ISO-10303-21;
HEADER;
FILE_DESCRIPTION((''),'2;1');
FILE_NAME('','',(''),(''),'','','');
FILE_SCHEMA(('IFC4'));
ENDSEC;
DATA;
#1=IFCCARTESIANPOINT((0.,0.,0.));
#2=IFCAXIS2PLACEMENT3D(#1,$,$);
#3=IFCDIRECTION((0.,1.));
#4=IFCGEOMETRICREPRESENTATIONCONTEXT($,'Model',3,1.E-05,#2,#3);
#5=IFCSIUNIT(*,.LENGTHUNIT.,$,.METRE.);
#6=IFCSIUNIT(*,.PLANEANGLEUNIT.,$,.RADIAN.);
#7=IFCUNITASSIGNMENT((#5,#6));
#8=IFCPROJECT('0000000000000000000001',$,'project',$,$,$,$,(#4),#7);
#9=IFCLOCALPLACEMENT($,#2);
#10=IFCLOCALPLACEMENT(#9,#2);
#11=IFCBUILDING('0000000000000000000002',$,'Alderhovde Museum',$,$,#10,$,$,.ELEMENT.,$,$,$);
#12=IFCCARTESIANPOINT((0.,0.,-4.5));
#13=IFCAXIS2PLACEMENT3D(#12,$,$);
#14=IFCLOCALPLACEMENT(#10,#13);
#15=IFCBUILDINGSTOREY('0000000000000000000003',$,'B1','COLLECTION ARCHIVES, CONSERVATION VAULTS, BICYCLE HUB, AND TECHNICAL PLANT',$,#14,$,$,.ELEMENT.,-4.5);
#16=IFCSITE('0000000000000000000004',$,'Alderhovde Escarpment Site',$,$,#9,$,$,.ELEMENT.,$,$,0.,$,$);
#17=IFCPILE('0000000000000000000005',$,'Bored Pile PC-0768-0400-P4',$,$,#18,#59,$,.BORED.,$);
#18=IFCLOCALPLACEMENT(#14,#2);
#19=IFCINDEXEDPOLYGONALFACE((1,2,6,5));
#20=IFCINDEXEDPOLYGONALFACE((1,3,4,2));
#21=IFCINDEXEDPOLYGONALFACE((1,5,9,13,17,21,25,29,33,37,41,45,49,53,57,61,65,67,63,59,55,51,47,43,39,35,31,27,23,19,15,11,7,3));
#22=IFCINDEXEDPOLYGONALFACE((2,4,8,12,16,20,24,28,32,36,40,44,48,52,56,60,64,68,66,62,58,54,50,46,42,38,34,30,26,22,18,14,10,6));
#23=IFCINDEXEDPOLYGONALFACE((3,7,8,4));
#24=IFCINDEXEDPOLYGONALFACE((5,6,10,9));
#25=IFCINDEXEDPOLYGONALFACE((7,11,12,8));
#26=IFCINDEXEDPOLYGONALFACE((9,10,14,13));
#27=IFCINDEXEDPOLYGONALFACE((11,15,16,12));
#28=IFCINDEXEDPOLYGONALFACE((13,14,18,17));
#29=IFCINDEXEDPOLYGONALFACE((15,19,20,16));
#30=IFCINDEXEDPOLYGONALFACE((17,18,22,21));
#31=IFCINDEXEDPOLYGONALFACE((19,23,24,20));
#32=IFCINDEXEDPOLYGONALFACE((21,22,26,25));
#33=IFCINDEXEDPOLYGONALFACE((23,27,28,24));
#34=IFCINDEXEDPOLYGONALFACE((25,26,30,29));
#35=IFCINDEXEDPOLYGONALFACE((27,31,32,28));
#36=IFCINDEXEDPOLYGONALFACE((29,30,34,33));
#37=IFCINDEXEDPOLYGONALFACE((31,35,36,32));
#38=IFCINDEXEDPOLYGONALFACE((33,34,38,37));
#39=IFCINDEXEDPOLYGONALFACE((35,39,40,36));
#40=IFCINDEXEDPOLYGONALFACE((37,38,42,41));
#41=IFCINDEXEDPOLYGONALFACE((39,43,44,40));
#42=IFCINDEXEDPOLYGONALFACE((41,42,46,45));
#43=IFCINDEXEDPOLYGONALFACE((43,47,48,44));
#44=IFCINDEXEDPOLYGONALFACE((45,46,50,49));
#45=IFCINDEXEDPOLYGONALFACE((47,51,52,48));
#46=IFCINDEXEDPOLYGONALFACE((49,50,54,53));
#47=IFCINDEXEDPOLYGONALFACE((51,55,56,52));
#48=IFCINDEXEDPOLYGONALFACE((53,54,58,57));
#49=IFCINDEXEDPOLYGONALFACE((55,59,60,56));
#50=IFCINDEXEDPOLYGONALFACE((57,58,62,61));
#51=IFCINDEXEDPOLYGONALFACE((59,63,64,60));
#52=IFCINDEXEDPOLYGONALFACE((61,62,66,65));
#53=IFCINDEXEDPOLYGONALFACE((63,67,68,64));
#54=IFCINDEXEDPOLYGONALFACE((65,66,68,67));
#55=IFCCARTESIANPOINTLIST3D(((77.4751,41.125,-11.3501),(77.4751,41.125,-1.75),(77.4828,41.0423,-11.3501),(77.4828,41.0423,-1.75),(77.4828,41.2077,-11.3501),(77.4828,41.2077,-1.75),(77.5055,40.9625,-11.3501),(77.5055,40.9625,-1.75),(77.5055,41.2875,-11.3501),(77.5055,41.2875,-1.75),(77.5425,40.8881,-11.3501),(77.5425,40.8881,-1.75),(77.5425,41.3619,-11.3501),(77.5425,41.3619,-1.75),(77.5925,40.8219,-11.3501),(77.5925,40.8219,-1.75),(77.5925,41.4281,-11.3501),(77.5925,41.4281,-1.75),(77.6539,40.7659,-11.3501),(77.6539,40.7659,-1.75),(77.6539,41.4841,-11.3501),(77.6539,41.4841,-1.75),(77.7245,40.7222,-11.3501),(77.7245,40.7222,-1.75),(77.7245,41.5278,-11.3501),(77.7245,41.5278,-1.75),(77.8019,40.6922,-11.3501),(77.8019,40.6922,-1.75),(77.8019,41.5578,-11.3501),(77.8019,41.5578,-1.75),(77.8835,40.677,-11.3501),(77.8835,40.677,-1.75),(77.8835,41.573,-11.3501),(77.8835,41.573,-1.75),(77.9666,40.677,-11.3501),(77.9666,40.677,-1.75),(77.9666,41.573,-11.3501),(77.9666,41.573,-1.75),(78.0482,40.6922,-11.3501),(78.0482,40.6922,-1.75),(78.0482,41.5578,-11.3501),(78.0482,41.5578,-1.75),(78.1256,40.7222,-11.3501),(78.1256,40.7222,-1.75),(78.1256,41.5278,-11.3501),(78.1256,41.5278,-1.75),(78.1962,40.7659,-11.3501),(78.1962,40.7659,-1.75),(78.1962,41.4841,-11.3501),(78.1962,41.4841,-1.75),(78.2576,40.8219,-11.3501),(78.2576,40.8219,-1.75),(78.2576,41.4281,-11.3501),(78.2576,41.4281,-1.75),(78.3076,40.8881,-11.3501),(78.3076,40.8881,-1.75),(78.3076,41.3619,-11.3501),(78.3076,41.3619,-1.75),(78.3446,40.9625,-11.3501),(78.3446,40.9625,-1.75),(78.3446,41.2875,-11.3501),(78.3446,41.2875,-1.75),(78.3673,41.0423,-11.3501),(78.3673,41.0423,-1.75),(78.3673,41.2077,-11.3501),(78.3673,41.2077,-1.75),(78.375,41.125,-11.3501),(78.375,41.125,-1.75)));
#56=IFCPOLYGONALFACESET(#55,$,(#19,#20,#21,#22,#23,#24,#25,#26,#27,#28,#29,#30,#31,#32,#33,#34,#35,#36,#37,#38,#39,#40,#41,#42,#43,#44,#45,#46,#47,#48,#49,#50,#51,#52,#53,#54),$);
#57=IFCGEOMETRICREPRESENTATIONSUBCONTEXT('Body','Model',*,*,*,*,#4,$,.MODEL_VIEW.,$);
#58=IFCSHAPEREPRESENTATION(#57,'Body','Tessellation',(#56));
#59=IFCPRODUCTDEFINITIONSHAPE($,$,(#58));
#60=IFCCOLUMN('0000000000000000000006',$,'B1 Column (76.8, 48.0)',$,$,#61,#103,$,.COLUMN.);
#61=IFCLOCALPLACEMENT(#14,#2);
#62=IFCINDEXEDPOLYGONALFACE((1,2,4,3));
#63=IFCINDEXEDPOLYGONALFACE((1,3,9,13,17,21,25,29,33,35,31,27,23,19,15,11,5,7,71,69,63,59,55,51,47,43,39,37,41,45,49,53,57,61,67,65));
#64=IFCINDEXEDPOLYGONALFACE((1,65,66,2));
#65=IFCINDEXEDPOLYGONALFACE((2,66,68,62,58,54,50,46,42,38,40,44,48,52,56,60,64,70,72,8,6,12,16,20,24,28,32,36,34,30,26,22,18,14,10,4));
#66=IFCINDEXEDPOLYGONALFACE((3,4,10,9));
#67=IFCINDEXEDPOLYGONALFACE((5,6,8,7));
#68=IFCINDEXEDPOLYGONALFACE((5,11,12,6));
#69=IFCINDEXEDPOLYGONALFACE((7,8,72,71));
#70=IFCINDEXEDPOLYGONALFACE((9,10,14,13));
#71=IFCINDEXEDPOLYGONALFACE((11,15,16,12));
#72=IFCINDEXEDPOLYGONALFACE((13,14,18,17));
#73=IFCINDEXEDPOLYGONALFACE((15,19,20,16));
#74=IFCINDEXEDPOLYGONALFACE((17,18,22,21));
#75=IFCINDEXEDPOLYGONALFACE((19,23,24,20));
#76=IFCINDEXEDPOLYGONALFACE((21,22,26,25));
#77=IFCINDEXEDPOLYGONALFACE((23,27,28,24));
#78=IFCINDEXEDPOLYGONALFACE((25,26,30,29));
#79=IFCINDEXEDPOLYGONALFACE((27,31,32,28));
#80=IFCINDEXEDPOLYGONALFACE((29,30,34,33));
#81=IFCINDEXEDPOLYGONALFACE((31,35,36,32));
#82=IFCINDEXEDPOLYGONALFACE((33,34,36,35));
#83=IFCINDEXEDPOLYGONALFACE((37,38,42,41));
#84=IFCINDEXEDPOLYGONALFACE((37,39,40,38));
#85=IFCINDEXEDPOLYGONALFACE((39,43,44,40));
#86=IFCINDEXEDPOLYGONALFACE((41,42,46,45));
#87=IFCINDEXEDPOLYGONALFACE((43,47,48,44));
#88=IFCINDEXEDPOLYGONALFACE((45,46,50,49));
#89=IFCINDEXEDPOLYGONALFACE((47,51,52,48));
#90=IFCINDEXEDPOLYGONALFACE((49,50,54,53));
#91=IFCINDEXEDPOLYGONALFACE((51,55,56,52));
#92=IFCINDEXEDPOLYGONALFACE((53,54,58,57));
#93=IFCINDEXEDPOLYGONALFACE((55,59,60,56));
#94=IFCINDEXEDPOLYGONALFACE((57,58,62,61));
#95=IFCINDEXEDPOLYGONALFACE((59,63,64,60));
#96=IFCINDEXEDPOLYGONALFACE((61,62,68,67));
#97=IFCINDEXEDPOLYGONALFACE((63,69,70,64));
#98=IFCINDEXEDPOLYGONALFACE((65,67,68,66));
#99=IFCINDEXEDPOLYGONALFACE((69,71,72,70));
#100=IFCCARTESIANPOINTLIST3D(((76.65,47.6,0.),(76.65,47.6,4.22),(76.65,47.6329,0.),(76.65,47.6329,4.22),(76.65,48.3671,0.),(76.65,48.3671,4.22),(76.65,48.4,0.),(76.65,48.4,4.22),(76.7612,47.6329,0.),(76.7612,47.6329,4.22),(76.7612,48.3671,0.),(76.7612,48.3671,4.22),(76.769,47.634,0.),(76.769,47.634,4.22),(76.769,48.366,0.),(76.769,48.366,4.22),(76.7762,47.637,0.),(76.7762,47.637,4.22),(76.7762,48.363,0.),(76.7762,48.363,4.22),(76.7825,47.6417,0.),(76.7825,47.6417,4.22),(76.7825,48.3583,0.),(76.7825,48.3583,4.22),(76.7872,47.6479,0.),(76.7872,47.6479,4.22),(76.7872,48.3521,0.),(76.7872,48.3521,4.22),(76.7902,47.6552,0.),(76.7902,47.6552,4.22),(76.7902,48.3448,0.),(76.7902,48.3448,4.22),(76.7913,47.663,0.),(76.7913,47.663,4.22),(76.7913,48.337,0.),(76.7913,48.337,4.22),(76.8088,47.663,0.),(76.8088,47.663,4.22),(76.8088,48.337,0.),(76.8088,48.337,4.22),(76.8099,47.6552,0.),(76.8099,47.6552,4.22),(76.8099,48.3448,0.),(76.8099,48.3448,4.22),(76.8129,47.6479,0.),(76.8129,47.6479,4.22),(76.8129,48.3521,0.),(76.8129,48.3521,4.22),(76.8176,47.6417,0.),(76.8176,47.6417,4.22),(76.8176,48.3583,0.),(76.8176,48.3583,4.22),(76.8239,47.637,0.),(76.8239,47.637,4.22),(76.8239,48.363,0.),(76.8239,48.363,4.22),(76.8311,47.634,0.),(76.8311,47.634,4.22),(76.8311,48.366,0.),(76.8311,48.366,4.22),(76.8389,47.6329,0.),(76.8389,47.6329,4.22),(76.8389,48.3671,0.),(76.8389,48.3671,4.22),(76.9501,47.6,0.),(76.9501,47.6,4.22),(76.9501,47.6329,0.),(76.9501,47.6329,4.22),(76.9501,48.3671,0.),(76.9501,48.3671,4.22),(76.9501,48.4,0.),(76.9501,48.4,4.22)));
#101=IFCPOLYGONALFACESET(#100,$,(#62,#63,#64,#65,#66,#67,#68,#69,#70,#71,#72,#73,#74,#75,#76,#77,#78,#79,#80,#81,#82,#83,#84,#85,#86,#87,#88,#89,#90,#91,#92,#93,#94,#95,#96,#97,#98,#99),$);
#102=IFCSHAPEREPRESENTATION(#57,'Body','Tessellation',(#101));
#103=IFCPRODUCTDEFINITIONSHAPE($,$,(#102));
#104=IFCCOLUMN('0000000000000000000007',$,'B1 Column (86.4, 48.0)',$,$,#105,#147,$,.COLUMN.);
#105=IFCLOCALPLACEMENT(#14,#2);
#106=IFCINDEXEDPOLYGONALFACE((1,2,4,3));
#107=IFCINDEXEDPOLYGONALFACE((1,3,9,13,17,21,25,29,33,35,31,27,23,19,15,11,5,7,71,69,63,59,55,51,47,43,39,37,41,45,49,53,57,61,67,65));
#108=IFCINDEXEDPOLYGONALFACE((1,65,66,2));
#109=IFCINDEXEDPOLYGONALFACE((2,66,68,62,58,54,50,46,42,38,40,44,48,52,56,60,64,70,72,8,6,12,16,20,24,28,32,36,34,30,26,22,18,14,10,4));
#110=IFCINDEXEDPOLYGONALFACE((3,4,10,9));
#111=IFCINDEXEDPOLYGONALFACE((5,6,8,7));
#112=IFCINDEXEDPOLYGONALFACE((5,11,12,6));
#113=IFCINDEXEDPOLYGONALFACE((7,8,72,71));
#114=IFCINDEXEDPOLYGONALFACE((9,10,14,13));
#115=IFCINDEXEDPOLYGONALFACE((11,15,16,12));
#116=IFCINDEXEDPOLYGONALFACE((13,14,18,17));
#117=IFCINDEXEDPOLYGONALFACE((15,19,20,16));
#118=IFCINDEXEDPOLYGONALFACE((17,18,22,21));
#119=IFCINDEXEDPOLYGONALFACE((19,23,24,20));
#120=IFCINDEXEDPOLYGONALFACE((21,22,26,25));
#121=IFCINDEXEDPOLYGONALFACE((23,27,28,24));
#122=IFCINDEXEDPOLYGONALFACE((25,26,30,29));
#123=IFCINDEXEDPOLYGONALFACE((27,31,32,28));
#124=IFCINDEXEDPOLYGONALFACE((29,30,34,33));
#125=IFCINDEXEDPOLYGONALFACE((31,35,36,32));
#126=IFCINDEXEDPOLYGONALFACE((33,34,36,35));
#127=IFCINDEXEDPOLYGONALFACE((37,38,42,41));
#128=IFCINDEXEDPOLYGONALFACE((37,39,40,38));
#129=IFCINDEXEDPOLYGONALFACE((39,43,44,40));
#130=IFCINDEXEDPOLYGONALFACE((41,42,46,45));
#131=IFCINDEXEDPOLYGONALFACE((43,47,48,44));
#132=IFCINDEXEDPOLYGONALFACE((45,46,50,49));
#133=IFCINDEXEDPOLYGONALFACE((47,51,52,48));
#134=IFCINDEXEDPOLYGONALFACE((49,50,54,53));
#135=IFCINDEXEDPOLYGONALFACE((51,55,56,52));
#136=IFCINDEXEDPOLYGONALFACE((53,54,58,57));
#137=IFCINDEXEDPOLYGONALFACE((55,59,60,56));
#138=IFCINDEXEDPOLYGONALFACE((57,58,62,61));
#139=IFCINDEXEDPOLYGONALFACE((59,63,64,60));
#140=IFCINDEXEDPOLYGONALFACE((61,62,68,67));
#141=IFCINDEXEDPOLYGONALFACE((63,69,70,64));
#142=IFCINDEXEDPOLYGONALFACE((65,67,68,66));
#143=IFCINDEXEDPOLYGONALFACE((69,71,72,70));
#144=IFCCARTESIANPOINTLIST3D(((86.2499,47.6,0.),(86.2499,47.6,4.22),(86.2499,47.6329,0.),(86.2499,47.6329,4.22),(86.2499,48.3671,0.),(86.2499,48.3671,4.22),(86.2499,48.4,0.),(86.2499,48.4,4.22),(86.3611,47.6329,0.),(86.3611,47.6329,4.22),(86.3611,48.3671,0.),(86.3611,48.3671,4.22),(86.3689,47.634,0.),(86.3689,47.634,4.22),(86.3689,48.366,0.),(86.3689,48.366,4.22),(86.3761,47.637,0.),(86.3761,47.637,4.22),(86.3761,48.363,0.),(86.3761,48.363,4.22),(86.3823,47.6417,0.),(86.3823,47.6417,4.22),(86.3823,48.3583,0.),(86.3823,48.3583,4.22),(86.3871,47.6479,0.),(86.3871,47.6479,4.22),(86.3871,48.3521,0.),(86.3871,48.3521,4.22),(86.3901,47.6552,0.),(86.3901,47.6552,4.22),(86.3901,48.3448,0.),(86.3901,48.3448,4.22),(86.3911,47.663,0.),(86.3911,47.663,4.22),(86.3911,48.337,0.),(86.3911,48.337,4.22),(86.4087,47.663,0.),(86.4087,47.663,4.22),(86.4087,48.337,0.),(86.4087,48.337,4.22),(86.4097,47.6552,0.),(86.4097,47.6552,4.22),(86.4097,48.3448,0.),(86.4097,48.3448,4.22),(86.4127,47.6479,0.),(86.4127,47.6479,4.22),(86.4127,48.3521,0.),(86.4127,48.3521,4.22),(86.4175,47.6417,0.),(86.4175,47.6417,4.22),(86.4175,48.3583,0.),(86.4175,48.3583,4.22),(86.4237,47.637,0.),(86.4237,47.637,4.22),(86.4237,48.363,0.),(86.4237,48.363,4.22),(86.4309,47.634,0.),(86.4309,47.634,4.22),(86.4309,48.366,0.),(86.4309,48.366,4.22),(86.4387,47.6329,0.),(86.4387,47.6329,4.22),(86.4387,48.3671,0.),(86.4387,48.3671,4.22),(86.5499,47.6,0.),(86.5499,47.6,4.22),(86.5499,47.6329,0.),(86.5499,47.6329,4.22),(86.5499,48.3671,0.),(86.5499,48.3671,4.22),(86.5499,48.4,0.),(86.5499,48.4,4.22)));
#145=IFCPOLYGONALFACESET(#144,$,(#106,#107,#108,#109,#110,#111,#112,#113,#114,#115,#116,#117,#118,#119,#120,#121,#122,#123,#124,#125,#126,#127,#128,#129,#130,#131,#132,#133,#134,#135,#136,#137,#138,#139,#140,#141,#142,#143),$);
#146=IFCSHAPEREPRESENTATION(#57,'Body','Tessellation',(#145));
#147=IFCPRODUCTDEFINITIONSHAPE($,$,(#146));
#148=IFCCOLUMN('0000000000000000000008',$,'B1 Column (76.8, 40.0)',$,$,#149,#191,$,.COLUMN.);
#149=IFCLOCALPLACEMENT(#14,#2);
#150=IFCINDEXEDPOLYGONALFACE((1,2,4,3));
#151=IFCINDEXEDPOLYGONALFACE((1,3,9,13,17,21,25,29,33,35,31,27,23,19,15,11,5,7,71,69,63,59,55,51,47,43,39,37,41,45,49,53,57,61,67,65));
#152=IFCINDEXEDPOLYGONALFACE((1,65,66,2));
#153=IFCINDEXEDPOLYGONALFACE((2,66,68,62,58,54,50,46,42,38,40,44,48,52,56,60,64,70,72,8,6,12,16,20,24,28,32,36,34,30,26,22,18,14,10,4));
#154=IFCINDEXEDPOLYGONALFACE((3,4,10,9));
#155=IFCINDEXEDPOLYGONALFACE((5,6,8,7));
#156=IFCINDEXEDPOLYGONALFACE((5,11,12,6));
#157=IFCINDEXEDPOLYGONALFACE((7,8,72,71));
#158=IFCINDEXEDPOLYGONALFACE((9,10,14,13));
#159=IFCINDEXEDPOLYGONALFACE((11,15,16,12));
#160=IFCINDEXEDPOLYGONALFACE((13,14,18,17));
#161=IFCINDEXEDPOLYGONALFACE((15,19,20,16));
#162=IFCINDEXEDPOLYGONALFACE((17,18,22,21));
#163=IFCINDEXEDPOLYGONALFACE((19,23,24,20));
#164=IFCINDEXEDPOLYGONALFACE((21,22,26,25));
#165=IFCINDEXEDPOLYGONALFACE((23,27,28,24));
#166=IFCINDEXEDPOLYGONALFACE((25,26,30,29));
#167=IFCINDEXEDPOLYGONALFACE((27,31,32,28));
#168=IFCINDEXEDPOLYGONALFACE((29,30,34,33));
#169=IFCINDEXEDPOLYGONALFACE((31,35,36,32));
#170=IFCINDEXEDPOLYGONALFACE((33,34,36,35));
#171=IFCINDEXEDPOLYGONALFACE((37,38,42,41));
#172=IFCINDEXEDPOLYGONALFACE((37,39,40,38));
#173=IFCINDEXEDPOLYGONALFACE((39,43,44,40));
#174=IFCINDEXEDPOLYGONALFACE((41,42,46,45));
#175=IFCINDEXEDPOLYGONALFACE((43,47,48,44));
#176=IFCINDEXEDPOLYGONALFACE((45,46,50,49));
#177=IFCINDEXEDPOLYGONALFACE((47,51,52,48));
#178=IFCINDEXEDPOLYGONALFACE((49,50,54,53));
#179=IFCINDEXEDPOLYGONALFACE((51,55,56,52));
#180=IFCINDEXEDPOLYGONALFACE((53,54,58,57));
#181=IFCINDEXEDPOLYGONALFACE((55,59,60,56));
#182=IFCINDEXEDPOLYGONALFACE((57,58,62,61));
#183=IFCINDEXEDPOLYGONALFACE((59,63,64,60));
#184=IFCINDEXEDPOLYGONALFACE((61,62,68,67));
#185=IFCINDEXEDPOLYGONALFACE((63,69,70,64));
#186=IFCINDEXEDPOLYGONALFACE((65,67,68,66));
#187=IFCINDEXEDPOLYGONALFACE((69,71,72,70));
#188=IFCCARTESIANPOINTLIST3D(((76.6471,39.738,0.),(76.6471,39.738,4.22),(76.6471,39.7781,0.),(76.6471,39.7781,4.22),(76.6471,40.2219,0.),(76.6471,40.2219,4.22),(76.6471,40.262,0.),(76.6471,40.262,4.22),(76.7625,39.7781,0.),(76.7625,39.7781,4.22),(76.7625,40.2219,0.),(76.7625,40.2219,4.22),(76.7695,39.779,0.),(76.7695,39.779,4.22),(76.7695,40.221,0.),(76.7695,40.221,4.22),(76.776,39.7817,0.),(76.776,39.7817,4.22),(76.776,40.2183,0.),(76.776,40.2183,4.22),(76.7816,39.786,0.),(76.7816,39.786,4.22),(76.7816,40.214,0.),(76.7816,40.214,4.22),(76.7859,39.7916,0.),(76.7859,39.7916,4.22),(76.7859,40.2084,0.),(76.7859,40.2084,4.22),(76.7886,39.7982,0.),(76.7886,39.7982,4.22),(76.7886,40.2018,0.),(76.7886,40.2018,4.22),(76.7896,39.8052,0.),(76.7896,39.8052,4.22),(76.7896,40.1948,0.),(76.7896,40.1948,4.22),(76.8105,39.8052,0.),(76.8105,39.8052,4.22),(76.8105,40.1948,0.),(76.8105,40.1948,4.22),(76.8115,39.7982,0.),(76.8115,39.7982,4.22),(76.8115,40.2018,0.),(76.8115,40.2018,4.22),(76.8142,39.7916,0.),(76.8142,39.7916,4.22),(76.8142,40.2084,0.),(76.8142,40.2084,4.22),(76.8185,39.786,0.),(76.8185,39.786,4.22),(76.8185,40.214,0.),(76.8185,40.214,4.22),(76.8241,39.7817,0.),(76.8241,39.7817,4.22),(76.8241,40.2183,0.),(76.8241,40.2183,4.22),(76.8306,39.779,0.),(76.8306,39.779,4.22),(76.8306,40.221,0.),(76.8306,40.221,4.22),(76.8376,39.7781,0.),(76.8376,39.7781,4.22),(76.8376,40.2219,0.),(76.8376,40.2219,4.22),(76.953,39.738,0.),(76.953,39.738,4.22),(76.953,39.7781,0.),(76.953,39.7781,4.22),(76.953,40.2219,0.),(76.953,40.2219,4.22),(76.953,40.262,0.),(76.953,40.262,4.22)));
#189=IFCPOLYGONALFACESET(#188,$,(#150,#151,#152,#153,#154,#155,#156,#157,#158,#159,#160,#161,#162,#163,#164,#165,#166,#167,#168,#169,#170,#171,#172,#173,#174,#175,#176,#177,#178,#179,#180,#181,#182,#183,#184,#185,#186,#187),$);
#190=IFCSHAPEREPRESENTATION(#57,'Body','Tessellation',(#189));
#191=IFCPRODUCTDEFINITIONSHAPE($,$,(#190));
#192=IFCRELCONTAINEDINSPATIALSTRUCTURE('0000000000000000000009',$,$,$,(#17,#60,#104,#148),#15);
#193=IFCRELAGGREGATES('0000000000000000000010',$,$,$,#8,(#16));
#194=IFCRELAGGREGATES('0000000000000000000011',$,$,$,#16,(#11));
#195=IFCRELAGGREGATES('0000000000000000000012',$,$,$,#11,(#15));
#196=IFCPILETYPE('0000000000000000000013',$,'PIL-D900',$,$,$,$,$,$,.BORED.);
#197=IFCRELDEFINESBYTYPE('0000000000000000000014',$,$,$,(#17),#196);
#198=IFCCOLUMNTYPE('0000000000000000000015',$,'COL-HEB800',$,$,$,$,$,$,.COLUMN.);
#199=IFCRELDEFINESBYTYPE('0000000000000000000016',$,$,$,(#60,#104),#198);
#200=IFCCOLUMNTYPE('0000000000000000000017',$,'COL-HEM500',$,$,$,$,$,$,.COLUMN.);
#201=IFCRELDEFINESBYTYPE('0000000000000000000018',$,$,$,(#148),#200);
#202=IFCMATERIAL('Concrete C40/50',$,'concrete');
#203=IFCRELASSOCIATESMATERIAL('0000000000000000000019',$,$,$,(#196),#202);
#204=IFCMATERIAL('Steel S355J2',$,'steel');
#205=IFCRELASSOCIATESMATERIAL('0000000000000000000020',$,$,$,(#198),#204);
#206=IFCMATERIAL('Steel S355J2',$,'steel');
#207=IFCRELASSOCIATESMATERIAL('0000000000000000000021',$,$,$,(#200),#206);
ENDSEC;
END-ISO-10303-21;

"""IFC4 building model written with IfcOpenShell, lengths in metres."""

from ifc_helpers import new_model, si_unit, direction, frame, origin, origin_2d, place, context, subcontext, project, spatial, circle, i_section, extrude, material, material_profile, profile_set, type_object, element, save


model = new_model("IFC4")

# Units and contexts
model_context = context("Model", 3, precision=1e-05, world=origin(), true_north=direction((0.0, 1.0)))
body_context = subcontext(model_context, "Body", "Model", "MODEL_VIEW")
ifc_project = project(units=[si_unit("LENGTHUNIT", "METRE"), si_unit("PLANEANGLEUNIT", "RADIAN")], contexts=[model_context])

# Site, building, storey
site_placement = place(None, origin())
site = spatial("IfcSite", under=ifc_project, at=site_placement, Name="Alderhovde Escarpment Site", CompositionType="ELEMENT", RefElevation=0.0)
building_placement = place(site_placement, origin())
building = spatial("IfcBuilding", under=site, at=building_placement, Name="Alderhovde Museum", CompositionType="ELEMENT")
storey_placement = place(building_placement, frame((0.0, 0.0, -4.5)))
storey = spatial("IfcBuildingStorey", under=building, at=storey_placement, Name="B1", Description="COLLECTION ARCHIVES, CONSERVATION VAULTS, BICYCLE HUB, AND TECHNICAL PLANT", CompositionType="ELEMENT", Elevation=-4.5)

# Pile
ifc_material_1 = material(Name="Concrete C40/50", Category="concrete")
ifc_material_profile_1 = material_profile(ifc_material_1, circle(Radius=0.45, at=origin_2d()), Name="PILE-D900")
ifc_profile_set_1 = profile_set([ifc_material_profile_1], Name="Concrete C40/50")
pile_type_1 = type_object("IfcPileType", Name="PIL-D900", PredefinedType="BORED", material=ifc_profile_set_1)
for number, where, z_axis, x_axis, name in (
    (1, (77.925, 41.125, -1.75), (0.0, 0.0, -1.0), (1.0, 0.0, 0.0), "Bored Pile PC-0768-0400-P4"),
):
    element("IfcPile", number, at=place(storey_placement, frame(where, z_axis=z_axis, x_axis=x_axis)), inside=storey, type_object=pile_type_1, Name=name, PredefinedType="BORED", context=body_context, shape_type="SweptSolid", body=[
        extrude(circle(Radius=0.45, at=origin_2d()), origin(), (0.0, 0.0, 1.0), 9.6001),
    ])

# Columns
ifc_material_2 = material(Name="Steel S355J2", Category="steel")
ifc_material_profile_2 = material_profile(ifc_material_2, i_section(OverallWidth=0.3, OverallDepth=0.8, WebThickness=0.0176, FlangeThickness=0.033, FilletRadius=0.03, at=origin_2d()), Name="HEB 800")
ifc_profile_set_2 = profile_set([ifc_material_profile_2], Name="Steel S355J2")
column_type_1 = type_object("IfcColumnType", Name="COL-HEB800", PredefinedType="COLUMN", material=ifc_profile_set_2)
for number, where, z_axis, x_axis, name in (
    (2, (76.8, 48.0, 0.0), (0.0, 0.0, 1.0), (1.0, 0.0, 0.0), "B1 Column (76.8, 48.0)"),
    (3, (86.3999, 48.0, 0.0), (0.0, 0.0, 1.0), (1.0, 0.0, 0.0), "B1 Column (86.4, 48.0)"),
):
    element("IfcColumn", number, at=place(storey_placement, frame(where, z_axis=z_axis, x_axis=x_axis)), inside=storey, type_object=column_type_1, Name=name, PredefinedType="COLUMN", context=body_context, shape_type="SweptSolid", body=[
        extrude(i_section(OverallWidth=0.3, OverallDepth=0.8, WebThickness=0.0176, FlangeThickness=0.033, FilletRadius=0.03, at=origin_2d()), origin(), (0.0, 0.0, 1.0), 4.22),
    ])
ifc_material_3 = material(Name="Steel S355J2", Category="steel")
ifc_material_profile_3 = material_profile(ifc_material_3, i_section(OverallWidth=0.3059, OverallDepth=0.5239, WebThickness=0.021, FlangeThickness=0.04, FilletRadius=0.0271, at=origin_2d()), Name="HEM 500")
ifc_profile_set_3 = profile_set([ifc_material_profile_3], Name="Steel S355J2")
column_type_2 = type_object("IfcColumnType", Name="COL-HEM500", PredefinedType="COLUMN", material=ifc_profile_set_3)
for number, where, z_axis, x_axis, name in (
    (4, (76.8, 40.0, 0.0), (0.0, 0.0, 1.0), (1.0, 0.0, 0.0), "B1 Column (76.8, 40.0)"),
):
    element("IfcColumn", number, at=place(storey_placement, frame(where, z_axis=z_axis, x_axis=x_axis)), inside=storey, type_object=column_type_2, Name=name, PredefinedType="COLUMN", context=body_context, shape_type="SweptSolid", body=[
        extrude(i_section(OverallWidth=0.3059, OverallDepth=0.5239, WebThickness=0.021, FlangeThickness=0.04, FilletRadius=0.0271, at=origin_2d()), origin(), (0.0, 0.0, 1.0), 4.22),
    ])

save(model, "model.ifc")
